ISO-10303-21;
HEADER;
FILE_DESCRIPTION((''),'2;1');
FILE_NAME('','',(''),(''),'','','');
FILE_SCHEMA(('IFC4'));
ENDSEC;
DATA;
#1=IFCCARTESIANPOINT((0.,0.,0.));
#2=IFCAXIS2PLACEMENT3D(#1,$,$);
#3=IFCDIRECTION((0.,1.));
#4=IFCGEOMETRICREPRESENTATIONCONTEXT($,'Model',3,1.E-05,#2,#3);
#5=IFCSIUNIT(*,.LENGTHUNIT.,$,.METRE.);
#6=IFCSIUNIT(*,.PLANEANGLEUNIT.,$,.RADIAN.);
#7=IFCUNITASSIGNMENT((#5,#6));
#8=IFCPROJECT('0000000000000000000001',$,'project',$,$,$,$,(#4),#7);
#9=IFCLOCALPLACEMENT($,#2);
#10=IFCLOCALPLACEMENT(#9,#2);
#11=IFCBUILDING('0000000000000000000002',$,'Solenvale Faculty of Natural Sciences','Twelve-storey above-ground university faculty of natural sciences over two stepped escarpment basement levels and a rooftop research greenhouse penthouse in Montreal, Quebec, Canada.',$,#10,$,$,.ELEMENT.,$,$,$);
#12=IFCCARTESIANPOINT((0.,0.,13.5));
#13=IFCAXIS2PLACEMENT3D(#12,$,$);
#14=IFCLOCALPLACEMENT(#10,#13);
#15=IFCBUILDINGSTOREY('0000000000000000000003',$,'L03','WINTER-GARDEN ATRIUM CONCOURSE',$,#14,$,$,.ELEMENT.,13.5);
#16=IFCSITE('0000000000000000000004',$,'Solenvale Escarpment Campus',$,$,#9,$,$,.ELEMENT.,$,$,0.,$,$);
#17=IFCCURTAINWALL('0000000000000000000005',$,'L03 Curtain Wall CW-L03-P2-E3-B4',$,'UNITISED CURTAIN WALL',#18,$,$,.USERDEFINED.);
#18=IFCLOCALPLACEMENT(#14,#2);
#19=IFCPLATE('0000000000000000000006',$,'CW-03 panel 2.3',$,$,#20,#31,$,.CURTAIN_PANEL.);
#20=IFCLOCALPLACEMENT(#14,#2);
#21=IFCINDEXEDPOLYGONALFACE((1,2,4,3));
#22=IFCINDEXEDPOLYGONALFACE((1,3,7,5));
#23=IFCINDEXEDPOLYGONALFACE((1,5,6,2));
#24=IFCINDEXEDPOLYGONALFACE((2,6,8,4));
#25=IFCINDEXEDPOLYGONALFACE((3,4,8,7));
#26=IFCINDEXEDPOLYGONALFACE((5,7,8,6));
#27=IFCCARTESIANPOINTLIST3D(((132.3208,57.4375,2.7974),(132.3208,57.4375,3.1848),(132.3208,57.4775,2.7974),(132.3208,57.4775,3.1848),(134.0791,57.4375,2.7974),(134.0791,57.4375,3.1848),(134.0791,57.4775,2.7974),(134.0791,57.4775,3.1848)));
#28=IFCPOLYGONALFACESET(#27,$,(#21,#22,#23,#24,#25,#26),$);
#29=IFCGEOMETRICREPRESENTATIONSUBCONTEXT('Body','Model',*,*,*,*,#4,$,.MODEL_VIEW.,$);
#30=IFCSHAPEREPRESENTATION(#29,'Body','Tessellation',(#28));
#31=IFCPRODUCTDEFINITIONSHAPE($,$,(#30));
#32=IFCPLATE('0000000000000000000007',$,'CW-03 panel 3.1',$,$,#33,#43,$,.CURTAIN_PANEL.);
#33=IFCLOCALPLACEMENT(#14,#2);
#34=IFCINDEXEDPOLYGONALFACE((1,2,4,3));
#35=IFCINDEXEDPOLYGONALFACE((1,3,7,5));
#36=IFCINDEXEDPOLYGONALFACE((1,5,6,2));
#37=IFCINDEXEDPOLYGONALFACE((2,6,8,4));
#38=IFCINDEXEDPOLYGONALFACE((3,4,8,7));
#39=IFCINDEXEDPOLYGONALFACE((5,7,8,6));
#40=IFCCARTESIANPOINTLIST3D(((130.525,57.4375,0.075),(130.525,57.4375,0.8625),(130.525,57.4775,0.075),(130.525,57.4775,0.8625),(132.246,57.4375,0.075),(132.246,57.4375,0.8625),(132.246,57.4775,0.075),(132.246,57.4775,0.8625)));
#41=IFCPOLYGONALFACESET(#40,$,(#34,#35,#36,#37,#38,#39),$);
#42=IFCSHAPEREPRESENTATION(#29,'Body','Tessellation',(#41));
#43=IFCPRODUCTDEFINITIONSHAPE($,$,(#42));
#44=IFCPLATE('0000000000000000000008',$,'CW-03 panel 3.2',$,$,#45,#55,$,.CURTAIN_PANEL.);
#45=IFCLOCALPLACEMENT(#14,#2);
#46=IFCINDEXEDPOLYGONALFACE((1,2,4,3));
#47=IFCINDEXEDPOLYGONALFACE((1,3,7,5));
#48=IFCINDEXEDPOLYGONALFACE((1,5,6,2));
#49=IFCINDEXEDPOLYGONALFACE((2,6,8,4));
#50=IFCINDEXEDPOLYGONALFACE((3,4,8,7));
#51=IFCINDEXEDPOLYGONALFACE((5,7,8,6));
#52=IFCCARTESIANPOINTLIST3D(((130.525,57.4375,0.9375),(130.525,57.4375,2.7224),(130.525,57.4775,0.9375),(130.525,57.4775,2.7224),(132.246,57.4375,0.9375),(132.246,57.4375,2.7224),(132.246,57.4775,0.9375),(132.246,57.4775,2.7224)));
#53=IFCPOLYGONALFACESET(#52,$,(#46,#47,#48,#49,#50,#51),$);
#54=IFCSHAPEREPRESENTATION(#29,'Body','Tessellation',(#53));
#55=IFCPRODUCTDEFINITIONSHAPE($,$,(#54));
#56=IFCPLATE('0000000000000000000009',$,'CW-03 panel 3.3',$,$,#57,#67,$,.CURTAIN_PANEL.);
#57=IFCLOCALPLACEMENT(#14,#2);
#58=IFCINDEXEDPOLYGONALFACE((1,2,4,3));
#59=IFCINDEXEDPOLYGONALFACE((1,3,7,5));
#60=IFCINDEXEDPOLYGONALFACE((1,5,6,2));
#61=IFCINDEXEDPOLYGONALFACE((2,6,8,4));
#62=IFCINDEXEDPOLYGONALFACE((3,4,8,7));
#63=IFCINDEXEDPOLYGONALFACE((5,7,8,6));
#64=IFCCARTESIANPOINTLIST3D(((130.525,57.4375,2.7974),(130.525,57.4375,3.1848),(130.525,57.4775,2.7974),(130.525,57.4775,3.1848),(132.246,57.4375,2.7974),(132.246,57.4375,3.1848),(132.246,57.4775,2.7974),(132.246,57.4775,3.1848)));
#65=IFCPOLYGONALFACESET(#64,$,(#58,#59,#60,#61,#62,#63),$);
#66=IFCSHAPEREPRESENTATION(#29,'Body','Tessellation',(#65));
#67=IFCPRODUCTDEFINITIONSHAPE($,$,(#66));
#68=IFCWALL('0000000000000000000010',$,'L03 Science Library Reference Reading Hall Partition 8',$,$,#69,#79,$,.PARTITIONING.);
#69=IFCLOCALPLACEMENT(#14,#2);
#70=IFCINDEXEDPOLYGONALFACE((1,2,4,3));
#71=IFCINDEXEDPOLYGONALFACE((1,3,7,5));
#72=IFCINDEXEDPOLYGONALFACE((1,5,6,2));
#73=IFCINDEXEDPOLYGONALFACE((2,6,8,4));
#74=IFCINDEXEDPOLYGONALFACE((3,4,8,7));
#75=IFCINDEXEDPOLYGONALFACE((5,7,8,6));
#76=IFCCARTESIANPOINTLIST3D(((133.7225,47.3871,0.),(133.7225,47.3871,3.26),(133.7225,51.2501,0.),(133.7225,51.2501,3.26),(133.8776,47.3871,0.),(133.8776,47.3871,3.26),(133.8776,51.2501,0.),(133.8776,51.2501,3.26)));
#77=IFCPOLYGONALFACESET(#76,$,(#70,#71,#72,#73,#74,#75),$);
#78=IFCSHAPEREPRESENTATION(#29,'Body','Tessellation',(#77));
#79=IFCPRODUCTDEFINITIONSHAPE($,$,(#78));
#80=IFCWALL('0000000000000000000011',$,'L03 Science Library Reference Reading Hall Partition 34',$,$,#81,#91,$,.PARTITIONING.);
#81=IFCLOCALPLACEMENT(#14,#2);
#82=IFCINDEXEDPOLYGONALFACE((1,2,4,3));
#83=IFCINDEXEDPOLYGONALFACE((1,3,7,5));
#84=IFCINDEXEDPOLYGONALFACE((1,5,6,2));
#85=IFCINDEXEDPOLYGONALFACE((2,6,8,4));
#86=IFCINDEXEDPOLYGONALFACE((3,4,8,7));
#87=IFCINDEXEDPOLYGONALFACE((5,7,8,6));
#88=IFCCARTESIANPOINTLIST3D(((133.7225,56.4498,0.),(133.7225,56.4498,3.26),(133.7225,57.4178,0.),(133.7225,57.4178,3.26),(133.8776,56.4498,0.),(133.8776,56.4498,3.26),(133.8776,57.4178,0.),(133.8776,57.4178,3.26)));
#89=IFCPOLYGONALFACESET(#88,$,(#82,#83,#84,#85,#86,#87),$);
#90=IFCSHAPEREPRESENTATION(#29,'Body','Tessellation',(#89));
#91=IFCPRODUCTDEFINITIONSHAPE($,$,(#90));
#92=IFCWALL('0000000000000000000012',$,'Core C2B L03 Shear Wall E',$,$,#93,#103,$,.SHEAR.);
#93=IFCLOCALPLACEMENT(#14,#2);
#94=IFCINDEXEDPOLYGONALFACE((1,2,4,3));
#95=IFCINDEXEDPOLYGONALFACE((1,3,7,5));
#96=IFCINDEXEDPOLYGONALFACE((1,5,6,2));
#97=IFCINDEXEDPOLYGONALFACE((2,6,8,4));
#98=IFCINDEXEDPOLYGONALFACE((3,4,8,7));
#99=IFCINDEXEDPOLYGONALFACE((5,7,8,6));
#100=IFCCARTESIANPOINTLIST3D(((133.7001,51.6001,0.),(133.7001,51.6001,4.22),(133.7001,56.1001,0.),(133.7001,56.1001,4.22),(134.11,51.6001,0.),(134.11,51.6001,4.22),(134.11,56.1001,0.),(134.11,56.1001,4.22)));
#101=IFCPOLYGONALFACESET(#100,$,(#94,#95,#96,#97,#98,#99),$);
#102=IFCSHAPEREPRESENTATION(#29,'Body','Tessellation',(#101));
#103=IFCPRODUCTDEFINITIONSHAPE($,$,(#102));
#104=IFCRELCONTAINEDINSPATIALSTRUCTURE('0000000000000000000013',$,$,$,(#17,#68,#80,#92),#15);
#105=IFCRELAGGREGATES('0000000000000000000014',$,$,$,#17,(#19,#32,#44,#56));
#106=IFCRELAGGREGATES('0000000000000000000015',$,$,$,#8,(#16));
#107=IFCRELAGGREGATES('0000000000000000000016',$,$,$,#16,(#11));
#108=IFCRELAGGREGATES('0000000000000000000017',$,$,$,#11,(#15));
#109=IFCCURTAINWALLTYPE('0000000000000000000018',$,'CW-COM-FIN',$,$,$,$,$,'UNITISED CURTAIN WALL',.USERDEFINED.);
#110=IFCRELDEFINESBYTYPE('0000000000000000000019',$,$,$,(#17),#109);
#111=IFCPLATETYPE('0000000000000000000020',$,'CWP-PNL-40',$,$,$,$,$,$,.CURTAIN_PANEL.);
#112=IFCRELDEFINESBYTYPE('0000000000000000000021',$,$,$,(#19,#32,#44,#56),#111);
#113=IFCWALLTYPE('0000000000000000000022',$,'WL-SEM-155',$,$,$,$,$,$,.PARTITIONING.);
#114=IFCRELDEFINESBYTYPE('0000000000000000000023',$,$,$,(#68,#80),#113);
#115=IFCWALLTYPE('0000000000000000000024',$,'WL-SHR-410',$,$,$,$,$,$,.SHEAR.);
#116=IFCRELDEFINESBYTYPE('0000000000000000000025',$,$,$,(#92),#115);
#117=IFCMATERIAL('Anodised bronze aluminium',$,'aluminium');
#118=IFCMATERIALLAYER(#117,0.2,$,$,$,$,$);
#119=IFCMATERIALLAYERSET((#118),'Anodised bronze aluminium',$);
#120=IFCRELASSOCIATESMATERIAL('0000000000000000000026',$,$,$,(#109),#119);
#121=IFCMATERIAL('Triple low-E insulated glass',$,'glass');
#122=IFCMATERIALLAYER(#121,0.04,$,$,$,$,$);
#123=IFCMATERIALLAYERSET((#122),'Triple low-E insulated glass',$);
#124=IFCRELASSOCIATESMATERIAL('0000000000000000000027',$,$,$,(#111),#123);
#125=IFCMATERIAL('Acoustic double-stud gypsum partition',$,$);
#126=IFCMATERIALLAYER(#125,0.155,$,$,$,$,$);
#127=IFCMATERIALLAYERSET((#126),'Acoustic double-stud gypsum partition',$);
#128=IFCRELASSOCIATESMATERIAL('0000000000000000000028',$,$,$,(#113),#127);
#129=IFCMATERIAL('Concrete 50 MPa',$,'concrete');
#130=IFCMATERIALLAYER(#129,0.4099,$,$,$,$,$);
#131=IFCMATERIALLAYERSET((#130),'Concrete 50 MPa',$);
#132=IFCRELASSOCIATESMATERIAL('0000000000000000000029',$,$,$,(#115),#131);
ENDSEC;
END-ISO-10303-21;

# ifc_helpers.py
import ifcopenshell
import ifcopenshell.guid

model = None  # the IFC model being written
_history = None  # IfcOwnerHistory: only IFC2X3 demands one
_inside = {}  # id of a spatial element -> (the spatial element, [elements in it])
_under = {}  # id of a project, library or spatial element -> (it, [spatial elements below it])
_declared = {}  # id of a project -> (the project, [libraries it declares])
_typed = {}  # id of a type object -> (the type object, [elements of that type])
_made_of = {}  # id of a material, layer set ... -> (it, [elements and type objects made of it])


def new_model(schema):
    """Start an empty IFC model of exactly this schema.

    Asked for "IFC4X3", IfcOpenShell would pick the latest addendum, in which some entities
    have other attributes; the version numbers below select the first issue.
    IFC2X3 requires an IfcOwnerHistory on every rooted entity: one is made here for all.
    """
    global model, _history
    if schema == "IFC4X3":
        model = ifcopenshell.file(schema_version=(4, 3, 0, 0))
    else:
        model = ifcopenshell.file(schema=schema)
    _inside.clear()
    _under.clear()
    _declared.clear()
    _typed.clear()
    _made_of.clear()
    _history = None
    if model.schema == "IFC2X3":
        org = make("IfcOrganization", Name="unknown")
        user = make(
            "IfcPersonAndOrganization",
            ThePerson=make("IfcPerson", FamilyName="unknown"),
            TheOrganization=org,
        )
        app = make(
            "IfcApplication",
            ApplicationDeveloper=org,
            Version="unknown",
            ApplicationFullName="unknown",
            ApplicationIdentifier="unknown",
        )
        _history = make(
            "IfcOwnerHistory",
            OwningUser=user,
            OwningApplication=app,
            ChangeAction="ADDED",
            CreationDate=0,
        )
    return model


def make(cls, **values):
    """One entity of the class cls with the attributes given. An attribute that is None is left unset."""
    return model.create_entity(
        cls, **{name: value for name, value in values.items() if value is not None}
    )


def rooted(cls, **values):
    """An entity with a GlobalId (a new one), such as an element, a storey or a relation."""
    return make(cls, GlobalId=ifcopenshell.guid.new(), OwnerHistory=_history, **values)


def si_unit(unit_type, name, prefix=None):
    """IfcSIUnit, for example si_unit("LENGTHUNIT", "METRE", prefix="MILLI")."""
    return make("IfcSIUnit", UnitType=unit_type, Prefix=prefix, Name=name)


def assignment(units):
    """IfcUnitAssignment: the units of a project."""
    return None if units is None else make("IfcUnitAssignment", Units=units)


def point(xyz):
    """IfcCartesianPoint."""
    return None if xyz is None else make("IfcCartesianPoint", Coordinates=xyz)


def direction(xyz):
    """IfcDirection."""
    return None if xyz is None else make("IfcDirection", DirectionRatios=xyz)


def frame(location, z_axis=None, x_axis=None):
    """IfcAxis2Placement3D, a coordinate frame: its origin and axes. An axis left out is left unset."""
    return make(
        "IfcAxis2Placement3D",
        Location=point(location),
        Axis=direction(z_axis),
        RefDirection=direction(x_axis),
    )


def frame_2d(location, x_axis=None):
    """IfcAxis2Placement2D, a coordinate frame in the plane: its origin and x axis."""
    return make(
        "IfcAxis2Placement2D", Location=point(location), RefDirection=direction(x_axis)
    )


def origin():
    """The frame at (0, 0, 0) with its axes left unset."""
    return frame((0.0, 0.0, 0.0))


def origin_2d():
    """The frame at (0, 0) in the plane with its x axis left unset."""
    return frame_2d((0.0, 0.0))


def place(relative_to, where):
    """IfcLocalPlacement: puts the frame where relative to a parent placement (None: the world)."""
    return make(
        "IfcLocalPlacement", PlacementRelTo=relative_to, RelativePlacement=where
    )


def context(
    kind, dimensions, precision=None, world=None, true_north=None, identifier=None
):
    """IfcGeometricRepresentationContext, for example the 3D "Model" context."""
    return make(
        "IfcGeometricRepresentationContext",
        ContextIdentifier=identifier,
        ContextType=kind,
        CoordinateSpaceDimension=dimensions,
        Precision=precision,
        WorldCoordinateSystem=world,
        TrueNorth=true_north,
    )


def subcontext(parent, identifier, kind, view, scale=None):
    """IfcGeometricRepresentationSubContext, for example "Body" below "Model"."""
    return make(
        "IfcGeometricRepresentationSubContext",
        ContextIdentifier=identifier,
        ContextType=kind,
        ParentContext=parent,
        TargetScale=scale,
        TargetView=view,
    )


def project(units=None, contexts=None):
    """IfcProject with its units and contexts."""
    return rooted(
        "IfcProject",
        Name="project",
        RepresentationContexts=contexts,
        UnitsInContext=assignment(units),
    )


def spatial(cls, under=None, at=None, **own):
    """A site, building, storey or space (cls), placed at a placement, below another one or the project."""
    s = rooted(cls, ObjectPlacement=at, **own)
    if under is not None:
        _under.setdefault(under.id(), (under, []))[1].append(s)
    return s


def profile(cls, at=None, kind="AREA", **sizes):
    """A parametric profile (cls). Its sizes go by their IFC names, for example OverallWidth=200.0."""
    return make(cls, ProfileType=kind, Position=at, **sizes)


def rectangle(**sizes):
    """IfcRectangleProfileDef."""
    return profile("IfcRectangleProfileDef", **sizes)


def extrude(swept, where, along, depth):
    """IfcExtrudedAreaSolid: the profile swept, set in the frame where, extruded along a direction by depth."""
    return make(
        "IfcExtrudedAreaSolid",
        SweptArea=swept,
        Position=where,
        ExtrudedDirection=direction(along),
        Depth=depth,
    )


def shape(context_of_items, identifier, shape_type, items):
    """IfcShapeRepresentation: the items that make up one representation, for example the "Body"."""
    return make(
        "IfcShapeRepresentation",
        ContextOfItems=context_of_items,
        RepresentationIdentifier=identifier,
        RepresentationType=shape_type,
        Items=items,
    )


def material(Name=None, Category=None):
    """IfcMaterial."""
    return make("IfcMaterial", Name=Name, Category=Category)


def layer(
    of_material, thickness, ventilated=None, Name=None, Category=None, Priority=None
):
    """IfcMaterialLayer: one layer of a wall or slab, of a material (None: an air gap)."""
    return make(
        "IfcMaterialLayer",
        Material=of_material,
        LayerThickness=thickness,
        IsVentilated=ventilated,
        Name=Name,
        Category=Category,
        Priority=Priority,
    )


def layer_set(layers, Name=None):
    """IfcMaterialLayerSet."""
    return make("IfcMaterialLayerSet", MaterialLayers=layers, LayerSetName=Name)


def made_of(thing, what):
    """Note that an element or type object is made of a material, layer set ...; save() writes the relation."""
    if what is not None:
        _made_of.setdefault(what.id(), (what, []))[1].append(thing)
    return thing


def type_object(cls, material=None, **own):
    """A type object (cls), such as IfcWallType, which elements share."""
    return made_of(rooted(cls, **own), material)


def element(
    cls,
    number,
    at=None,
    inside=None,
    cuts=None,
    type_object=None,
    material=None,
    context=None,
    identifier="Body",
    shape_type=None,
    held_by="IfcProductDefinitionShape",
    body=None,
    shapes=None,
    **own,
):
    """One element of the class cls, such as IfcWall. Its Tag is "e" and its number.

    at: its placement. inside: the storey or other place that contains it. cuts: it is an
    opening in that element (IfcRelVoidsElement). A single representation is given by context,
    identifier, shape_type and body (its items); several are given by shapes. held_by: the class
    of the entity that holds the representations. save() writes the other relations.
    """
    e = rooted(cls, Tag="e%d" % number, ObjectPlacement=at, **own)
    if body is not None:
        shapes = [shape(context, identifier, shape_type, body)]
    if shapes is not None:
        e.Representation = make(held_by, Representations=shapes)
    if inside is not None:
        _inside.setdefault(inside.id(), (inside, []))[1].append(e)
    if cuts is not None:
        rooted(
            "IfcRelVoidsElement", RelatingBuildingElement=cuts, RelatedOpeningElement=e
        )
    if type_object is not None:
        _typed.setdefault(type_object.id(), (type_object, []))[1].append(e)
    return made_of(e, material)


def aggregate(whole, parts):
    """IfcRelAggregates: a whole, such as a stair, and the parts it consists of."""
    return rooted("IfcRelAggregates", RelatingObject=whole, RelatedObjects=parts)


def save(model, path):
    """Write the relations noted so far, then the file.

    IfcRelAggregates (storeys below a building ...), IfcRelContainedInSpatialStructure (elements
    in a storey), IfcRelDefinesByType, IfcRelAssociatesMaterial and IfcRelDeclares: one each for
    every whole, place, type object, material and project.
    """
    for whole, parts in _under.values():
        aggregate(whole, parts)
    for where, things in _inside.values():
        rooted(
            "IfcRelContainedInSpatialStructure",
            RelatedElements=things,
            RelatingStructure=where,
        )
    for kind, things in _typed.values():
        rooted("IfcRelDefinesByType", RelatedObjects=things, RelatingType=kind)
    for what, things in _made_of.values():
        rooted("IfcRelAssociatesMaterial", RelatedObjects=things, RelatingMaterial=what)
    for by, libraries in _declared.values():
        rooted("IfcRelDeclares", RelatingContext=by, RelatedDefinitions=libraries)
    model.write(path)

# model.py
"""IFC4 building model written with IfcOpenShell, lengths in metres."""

from ifc_helpers import new_model, si_unit, direction, frame, frame_2d, origin, origin_2d, place, context, subcontext, project, spatial, rectangle, extrude, material, layer, layer_set, type_object, element, aggregate, save


model = new_model("IFC4")

# Units and contexts
model_context = context("Model", 3, precision=1e-05, world=origin(), true_north=direction((0.0, 1.0)))
body_context = subcontext(model_context, "Body", "Model", "MODEL_VIEW")
ifc_project = project(units=[si_unit("LENGTHUNIT", "METRE"), si_unit("PLANEANGLEUNIT", "RADIAN")], contexts=[model_context])

# Site, building, storey
site_placement = place(None, origin())
site = spatial("IfcSite", under=ifc_project, at=site_placement, Name="Solenvale Escarpment Campus", CompositionType="ELEMENT", RefElevation=0.0)
building_placement = place(site_placement, origin())
building = spatial("IfcBuilding", under=site, at=building_placement, Name="Solenvale Faculty of Natural Sciences", Description="Twelve-storey above-ground university faculty of natural sciences over two stepped escarpment basement levels and a rooftop research greenhouse penthouse in Montreal, Quebec, Canada.", CompositionType="ELEMENT")
storey_placement = place(building_placement, frame((0.0, 0.0, 13.5)))
storey = spatial("IfcBuildingStorey", under=building, at=storey_placement, Name="L03", Description="WINTER-GARDEN ATRIUM CONCOURSE", CompositionType="ELEMENT", Elevation=13.5)

# Shared definitions
ifc_material_1 = material(Name="Concrete 50 MPa", Category="concrete")

# Curtain wall, plates
ifc_material_2 = material(Name="Anodised bronze aluminium", Category="aluminium")
ifc_layer_1 = layer(ifc_material_2, 0.2)
ifc_layer_set_1 = layer_set([ifc_layer_1], Name="Anodised bronze aluminium")
curtain_wall_type = type_object("IfcCurtainWallType", Name="CW-COM-FIN", ElementType="UNITISED CURTAIN WALL", PredefinedType="USERDEFINED", material=ifc_layer_set_1)
curtain_wall_placement = place(storey_placement, origin())
curtain_wall = element("IfcCurtainWall", 1, at=curtain_wall_placement, inside=storey, type_object=curtain_wall_type, Name="L03 Curtain Wall CW-L03-P2-E3-B4", ObjectType="UNITISED CURTAIN WALL", PredefinedType="USERDEFINED")
ifc_material_3 = material(Name="Triple low-E insulated glass", Category="glass")
ifc_layer_2 = layer(ifc_material_3, 0.04)
ifc_layer_set_2 = layer_set([ifc_layer_2], Name="Triple low-E insulated glass")
plate_type = type_object("IfcPlateType", Name="CWP-PNL-40", PredefinedType="CURTAIN_PANEL", material=ifc_layer_set_2)
plate_1_placement = place(storey_placement, frame((133.2, 57.4575, 2.7974), z_axis=(0.0, 0.0, 1.0), x_axis=(-1.0, 0.0, 0.0)))
plate_1 = element("IfcPlate", 2, at=plate_1_placement, type_object=plate_type, Name="CW-03 panel 2.3", PredefinedType="CURTAIN_PANEL", context=body_context, shape_type="SweptSolid", body=[
    extrude(rectangle(XDim=1.7583, YDim=0.04, at=origin_2d()), origin(), (0.0, 0.0, 1.0), 0.3875),
])
plate_2_placement = place(storey_placement, frame((131.3855, 57.4575, 0.075), z_axis=(0.0, 0.0, 1.0), x_axis=(-1.0, 0.0, 0.0)))
plate_2 = element("IfcPlate", 3, at=plate_2_placement, type_object=plate_type, Name="CW-03 panel 3.1", PredefinedType="CURTAIN_PANEL", context=body_context, shape_type="SweptSolid", body=[
    extrude(rectangle(XDim=1.7209, YDim=0.04, at=origin_2d()), origin(), (0.0, 0.0, 1.0), 0.7876),
])
plate_3_placement = place(storey_placement, frame((131.3855, 57.4575, 0.9375), z_axis=(0.0, 0.0, 1.0), x_axis=(-1.0, 0.0, 0.0)))
plate_3 = element("IfcPlate", 4, at=plate_3_placement, type_object=plate_type, Name="CW-03 panel 3.2", PredefinedType="CURTAIN_PANEL", context=body_context, shape_type="SweptSolid", body=[
    extrude(rectangle(XDim=1.7209, YDim=0.04, at=origin_2d()), origin(), (0.0, 0.0, 1.0), 1.7849),
])
plate_4_placement = place(storey_placement, frame((131.3855, 57.4575, 2.7974), z_axis=(0.0, 0.0, 1.0), x_axis=(-1.0, 0.0, 0.0)))
plate_4 = element("IfcPlate", 5, at=plate_4_placement, type_object=plate_type, Name="CW-03 panel 3.3", PredefinedType="CURTAIN_PANEL", context=body_context, shape_type="SweptSolid", body=[
    extrude(rectangle(XDim=1.7209, YDim=0.04, at=origin_2d()), origin(), (0.0, 0.0, 1.0), 0.3875),
])
aggregate(curtain_wall, [plate_1, plate_2, plate_3, plate_4])

# Walls
ifc_material_4 = material(Name="Acoustic double-stud gypsum partition")
ifc_layer_3 = layer(ifc_material_4, 0.155)
ifc_layer_set_3 = layer_set([ifc_layer_3], Name="Acoustic double-stud gypsum partition")
wall_type_1 = type_object("IfcWallType", Name="WL-SEM-155", PredefinedType="PARTITIONING", material=ifc_layer_set_3)
wall_1_placement = place(storey_placement, frame((133.8, 47.387, 0.0), z_axis=(0.0, 0.0, 1.0), x_axis=(0.0, 1.0, 0.0)))
element("IfcWall", 6, at=wall_1_placement, inside=storey, type_object=wall_type_1, Name="L03 Science Library Reference Reading Hall Partition 8", PredefinedType="PARTITIONING", context=body_context, shape_type="SweptSolid", body=[
    extrude(rectangle(XDim=3.863, YDim=0.155, at=frame_2d((1.9316, 0.0))), origin(), (0.0, 0.0, 1.0), 3.26),
])
wall_2_placement = place(storey_placement, frame((133.8, 56.45, 0.0), z_axis=(0.0, 0.0, 1.0), x_axis=(0.0, 1.0, 0.0)))
element("IfcWall", 7, at=wall_2_placement, inside=storey, type_object=wall_type_1, Name="L03 Science Library Reference Reading Hall Partition 34", PredefinedType="PARTITIONING", context=body_context, shape_type="SweptSolid", body=[
    extrude(rectangle(XDim=0.968, YDim=0.155, at=frame_2d((0.4839, 0.0))), origin(), (0.0, 0.0, 1.0), 3.26),
])
ifc_layer_4 = layer(ifc_material_1, 0.4099)
ifc_layer_set_4 = layer_set([ifc_layer_4], Name="Concrete 50 MPa")
wall_type_2 = type_object("IfcWallType", Name="WL-SHR-410", PredefinedType="SHEAR", material=ifc_layer_set_4)
wall_3_placement = place(storey_placement, frame((133.905, 51.6001, 0.0), z_axis=(0.0, 0.0, 1.0), x_axis=(0.0, 1.0, 0.0)))
element("IfcWall", 8, at=wall_3_placement, inside=storey, type_object=wall_type_2, Name="Core C2B L03 Shear Wall E", PredefinedType="SHEAR", context=body_context, shape_type="SweptSolid", body=[
    extrude(rectangle(XDim=4.5, YDim=0.4099, at=frame_2d((2.25, 0.0))), origin(), (0.0, 0.0, 1.0), 4.22),
])

save(model, "model.ifc")
